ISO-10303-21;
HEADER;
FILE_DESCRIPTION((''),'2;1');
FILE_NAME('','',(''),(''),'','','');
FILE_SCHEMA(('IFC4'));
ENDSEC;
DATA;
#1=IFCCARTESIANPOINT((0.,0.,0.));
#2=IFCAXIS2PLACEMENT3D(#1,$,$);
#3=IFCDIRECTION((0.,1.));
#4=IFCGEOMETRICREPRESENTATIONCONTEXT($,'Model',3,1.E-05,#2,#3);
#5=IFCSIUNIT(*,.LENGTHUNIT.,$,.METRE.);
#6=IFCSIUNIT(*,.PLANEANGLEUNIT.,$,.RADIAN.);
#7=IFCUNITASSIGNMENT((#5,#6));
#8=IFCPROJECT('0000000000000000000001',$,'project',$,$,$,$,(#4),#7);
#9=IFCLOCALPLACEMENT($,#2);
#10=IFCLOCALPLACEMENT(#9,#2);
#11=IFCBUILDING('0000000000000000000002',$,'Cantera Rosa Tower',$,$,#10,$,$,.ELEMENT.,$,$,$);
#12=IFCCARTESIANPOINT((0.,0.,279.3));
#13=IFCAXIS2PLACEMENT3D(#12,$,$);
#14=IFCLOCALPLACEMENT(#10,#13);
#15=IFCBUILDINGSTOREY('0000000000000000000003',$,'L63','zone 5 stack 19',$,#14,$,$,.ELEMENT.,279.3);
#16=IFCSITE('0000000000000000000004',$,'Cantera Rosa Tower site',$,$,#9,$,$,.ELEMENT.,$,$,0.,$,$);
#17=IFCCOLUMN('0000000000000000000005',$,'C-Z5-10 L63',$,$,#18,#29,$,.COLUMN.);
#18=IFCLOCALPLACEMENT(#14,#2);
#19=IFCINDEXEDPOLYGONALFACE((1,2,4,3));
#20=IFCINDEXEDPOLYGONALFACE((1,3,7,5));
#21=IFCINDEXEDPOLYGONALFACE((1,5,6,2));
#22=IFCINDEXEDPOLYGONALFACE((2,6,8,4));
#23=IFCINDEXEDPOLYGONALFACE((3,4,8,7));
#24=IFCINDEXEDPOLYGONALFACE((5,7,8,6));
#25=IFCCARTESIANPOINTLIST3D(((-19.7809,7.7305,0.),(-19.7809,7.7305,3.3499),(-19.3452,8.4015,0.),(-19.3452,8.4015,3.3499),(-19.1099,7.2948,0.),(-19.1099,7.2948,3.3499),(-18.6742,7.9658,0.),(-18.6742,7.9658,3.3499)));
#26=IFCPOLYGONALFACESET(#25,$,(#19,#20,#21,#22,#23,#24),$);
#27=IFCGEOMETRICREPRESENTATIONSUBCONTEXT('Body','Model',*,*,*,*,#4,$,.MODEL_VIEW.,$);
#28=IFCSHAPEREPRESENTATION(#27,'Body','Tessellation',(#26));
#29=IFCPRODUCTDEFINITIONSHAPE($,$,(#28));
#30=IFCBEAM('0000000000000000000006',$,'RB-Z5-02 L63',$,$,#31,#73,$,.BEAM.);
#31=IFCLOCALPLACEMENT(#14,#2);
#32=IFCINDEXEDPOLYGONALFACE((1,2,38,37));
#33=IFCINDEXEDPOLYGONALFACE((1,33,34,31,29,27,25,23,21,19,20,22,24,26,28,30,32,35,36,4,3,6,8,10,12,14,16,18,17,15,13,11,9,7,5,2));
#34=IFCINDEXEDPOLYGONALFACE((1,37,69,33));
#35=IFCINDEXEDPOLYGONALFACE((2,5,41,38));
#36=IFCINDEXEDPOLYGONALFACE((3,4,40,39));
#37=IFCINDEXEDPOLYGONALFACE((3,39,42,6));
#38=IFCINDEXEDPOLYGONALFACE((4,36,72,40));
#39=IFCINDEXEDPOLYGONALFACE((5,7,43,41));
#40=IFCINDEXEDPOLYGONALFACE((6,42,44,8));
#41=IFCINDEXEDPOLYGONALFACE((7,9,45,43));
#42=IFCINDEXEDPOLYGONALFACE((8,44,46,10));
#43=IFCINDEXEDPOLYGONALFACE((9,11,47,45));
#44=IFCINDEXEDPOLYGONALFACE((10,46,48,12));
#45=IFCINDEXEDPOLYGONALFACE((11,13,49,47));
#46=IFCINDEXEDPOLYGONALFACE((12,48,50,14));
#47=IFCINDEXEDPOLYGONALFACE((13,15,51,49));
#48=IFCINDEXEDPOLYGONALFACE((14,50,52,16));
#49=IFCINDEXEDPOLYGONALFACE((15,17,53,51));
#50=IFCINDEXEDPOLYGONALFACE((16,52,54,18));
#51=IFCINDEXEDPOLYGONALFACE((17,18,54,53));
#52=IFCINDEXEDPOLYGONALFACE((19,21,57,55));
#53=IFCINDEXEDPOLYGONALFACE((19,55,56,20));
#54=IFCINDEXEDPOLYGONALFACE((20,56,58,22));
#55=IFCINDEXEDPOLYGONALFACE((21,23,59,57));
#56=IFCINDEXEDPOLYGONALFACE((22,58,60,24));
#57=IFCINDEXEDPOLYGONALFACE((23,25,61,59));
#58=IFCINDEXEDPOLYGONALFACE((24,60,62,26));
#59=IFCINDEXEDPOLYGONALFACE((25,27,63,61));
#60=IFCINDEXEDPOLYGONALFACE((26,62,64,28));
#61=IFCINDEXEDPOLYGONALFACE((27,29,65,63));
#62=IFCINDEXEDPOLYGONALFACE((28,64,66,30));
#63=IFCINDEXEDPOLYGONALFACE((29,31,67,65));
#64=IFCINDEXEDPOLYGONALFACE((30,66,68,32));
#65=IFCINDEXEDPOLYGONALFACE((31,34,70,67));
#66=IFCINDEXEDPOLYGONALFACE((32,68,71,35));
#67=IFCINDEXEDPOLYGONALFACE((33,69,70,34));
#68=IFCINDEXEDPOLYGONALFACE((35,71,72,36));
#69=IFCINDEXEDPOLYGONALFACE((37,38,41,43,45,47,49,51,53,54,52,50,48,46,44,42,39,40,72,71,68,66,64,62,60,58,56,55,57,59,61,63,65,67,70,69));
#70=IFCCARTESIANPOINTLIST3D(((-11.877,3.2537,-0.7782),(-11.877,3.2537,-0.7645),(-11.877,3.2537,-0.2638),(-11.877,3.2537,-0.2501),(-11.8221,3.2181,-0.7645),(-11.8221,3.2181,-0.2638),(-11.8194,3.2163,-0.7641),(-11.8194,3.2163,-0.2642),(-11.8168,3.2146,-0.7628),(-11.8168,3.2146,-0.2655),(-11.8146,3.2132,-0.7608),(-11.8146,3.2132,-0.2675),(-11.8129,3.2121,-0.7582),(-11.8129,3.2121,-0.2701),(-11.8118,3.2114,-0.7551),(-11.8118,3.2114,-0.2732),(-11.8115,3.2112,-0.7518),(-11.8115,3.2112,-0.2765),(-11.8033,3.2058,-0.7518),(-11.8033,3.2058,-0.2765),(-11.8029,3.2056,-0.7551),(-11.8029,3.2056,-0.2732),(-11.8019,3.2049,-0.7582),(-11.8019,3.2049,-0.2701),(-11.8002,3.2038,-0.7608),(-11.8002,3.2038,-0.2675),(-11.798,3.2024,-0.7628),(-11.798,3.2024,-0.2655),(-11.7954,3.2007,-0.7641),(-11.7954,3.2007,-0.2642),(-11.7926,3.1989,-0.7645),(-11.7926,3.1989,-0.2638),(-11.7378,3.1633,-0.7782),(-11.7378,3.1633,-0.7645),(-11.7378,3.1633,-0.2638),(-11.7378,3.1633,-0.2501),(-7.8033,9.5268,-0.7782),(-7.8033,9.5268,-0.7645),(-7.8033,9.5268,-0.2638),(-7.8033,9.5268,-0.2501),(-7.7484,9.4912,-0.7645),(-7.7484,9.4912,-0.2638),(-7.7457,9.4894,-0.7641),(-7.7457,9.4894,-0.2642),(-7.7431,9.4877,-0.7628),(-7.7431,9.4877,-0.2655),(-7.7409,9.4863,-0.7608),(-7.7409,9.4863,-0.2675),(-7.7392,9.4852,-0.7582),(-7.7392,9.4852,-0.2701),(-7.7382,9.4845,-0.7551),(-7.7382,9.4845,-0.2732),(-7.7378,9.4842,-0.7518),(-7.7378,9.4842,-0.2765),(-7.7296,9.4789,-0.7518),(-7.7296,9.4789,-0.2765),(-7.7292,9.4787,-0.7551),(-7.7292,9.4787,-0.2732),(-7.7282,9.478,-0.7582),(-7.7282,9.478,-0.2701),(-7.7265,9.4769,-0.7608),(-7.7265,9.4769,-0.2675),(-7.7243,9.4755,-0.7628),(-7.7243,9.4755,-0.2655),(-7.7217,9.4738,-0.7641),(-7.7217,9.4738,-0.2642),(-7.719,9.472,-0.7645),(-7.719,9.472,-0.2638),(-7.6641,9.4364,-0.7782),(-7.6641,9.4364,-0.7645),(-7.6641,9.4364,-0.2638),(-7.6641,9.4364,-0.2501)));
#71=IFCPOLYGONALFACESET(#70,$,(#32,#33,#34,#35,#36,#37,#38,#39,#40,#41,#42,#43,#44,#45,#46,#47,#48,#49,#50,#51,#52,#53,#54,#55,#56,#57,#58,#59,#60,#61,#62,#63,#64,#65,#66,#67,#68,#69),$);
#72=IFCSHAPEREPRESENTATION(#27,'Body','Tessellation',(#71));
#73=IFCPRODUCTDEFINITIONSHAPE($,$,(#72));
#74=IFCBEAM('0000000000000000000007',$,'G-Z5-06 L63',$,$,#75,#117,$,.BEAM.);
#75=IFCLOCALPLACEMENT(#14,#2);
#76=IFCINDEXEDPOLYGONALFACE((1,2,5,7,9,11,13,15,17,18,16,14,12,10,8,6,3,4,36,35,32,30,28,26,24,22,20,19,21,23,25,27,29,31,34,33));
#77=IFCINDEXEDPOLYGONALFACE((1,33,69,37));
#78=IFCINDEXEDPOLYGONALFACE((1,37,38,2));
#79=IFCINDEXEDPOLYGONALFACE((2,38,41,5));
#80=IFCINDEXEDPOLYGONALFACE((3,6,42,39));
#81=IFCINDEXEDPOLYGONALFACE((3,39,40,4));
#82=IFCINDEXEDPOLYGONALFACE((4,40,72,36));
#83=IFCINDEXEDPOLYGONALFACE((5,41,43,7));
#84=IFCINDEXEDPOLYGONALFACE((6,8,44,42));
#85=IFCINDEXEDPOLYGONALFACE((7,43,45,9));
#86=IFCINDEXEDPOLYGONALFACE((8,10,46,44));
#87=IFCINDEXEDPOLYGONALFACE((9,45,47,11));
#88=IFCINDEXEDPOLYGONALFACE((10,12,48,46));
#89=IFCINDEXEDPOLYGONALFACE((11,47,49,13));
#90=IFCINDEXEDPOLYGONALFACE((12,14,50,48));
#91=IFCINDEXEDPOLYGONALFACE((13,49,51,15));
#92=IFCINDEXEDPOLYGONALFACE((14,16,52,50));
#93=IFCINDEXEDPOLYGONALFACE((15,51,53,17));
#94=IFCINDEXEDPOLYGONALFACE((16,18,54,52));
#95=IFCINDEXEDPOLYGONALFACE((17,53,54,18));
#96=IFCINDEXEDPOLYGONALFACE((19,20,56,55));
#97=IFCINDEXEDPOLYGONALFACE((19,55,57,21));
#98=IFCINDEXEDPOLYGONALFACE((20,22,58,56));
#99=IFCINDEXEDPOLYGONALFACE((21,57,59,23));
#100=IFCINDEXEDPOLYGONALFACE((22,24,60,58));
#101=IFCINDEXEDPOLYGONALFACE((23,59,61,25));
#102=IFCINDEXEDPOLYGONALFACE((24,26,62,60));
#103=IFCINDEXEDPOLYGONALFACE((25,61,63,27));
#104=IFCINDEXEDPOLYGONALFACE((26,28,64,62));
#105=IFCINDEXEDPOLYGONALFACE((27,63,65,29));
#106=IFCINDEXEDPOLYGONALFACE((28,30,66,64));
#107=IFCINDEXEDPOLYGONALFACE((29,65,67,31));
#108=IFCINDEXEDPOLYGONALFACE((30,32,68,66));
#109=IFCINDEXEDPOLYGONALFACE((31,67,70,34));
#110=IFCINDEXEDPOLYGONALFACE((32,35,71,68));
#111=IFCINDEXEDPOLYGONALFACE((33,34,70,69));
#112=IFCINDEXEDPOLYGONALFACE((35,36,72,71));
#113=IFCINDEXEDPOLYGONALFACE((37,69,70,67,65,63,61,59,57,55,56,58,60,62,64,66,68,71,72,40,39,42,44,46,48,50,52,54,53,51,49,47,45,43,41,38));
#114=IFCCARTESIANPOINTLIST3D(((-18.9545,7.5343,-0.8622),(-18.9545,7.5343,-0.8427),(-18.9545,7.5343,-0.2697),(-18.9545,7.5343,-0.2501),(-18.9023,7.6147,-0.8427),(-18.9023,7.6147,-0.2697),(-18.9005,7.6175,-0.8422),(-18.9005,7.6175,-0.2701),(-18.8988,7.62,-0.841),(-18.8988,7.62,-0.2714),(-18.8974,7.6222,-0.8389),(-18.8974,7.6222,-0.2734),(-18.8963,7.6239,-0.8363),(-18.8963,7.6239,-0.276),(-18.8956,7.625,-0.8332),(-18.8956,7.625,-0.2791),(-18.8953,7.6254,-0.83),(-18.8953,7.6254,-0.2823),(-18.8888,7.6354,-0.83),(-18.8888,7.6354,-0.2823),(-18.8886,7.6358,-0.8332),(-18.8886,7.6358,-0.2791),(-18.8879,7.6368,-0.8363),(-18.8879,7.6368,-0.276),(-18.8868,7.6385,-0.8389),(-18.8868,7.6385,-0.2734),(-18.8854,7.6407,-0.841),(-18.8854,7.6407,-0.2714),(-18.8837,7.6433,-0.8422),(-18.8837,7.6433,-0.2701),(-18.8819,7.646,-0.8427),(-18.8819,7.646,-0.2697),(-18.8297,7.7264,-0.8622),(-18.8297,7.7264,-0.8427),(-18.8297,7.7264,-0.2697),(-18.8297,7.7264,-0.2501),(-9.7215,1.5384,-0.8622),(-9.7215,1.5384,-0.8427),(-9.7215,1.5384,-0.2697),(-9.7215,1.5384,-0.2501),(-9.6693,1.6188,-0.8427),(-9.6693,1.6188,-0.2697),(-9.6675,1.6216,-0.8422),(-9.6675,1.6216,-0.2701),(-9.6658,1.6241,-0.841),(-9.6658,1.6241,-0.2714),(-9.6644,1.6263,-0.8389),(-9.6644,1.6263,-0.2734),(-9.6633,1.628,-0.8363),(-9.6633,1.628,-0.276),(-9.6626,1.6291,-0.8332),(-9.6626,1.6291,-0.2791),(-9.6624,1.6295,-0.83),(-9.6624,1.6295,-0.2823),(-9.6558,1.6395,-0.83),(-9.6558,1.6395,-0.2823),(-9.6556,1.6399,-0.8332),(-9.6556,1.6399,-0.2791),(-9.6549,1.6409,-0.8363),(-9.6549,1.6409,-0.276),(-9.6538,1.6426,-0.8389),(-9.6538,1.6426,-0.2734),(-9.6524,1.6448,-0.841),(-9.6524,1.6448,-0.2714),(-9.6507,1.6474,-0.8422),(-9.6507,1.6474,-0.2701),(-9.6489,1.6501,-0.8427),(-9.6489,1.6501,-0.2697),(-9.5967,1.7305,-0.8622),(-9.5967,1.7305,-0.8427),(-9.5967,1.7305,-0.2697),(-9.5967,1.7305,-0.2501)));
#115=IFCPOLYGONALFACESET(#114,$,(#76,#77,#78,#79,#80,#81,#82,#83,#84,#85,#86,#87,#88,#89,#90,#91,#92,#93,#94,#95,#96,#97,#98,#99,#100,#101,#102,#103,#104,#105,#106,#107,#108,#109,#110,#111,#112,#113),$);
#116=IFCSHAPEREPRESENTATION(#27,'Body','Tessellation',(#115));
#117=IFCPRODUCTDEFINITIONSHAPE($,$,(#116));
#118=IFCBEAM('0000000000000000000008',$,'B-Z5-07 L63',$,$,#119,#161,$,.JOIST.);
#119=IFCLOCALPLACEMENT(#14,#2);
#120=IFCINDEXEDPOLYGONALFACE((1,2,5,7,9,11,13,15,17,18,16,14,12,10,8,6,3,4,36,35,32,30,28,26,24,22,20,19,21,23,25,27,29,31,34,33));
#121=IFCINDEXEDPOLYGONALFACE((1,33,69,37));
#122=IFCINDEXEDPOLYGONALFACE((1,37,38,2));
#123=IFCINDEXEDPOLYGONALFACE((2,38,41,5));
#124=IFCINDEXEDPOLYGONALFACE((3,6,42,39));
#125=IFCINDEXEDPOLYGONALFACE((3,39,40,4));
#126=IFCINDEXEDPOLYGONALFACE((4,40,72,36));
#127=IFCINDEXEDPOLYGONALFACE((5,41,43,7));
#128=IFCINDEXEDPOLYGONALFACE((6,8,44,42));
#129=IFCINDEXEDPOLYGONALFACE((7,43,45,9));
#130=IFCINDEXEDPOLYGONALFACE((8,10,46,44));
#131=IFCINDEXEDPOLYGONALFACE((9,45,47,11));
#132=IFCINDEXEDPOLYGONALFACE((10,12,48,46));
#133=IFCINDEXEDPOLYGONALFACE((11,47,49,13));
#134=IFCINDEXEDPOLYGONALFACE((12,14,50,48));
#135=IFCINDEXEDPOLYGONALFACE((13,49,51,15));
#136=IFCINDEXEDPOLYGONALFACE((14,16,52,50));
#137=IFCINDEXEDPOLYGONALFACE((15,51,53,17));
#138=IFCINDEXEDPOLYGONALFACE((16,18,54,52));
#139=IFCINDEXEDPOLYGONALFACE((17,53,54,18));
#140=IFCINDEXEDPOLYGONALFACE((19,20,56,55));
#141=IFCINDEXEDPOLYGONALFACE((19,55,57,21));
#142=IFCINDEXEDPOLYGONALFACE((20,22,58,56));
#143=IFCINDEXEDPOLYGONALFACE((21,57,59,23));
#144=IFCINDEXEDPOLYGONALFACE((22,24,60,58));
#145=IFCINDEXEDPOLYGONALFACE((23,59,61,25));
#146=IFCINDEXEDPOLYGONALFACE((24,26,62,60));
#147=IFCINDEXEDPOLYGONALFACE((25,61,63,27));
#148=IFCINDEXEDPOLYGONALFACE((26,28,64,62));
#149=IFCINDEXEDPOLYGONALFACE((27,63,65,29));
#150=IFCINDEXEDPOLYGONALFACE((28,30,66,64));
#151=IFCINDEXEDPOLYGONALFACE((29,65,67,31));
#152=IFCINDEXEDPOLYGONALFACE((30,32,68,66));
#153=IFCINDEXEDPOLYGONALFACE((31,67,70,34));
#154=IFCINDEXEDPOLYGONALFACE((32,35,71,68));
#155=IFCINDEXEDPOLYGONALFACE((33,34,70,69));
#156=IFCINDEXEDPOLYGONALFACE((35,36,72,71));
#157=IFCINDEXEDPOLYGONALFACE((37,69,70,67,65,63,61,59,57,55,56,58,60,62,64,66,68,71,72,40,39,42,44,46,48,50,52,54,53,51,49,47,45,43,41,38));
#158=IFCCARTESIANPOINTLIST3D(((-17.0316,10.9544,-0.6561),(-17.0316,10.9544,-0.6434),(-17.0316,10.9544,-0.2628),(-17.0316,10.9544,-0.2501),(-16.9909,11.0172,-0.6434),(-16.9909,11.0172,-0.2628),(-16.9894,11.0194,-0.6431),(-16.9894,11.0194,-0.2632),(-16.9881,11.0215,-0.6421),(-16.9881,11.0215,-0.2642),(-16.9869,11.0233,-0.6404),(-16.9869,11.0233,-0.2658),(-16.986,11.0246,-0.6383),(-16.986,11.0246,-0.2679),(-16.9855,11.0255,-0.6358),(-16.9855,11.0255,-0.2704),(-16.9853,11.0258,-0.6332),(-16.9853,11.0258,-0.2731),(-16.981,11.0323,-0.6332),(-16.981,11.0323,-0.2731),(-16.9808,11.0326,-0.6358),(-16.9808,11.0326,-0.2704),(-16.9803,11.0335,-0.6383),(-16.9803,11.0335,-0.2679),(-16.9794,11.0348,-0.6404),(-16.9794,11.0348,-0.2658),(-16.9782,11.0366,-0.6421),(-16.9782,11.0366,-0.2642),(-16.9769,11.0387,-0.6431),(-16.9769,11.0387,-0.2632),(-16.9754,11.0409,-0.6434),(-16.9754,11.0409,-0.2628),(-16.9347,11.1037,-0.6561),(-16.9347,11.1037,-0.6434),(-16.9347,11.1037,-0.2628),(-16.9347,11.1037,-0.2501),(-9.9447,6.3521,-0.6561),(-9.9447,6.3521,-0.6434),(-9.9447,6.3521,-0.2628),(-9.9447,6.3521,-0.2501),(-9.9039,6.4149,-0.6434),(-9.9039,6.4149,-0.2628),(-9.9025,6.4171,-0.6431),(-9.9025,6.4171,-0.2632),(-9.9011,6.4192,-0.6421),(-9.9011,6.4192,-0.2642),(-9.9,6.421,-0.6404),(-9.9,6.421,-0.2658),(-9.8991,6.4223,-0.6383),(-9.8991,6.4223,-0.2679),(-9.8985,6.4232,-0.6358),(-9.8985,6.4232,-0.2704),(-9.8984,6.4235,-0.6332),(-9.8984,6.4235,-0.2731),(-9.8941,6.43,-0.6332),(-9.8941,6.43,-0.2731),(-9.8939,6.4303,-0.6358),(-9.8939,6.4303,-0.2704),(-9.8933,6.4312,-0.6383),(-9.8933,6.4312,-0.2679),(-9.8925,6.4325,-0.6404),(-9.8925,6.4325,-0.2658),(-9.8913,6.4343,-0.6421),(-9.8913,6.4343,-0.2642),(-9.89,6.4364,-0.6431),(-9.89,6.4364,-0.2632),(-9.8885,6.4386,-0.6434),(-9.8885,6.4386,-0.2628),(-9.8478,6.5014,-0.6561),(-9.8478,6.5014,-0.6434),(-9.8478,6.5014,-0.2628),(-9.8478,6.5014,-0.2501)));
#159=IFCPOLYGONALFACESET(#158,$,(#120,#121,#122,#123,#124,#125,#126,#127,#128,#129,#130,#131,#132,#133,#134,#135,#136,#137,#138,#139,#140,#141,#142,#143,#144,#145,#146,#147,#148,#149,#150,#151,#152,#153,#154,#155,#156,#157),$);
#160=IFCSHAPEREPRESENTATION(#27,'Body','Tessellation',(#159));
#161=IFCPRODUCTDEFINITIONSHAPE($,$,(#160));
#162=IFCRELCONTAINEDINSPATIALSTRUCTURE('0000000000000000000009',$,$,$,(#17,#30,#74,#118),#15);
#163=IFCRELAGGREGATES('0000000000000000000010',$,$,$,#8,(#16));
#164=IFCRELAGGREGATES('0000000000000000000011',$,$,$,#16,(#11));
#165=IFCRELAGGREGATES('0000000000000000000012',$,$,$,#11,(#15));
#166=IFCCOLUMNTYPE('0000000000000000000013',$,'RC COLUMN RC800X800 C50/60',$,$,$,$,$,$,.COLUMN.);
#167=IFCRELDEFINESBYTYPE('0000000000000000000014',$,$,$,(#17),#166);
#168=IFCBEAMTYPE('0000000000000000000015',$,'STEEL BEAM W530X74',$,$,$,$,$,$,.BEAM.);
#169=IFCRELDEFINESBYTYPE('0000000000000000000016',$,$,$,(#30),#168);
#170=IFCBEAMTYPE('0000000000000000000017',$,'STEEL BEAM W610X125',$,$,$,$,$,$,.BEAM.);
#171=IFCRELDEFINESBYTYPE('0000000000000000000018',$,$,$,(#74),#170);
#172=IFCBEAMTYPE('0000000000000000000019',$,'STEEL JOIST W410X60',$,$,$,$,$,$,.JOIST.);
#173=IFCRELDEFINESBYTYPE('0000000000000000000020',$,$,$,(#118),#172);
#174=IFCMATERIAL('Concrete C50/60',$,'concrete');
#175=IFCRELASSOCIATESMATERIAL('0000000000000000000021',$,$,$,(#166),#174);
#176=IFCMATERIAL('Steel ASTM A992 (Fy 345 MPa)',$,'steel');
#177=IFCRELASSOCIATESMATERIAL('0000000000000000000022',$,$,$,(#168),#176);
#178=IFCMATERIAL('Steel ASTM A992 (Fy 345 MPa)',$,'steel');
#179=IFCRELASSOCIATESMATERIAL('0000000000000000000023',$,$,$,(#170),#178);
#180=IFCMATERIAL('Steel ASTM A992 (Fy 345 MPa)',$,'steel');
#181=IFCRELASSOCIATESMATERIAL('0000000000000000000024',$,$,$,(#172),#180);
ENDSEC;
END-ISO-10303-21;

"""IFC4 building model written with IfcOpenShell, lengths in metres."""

from ifc_helpers import new_model, si_unit, direction, frame, origin, origin_2d, place, context, subcontext, project, spatial, rectangle, i_section, extrude, material, material_profile, profile_set, type_object, element, save


model = new_model("IFC4")

# Units and contexts
model_context = context("Model", 3, precision=1e-05, world=origin(), true_north=direction((0.0, 1.0)))
body_context = subcontext(model_context, "Body", "Model", "MODEL_VIEW")
ifc_project = project(units=[si_unit("LENGTHUNIT", "METRE"), si_unit("PLANEANGLEUNIT", "RADIAN")], contexts=[model_context])

# Site, building, storey
site_placement = place(None, origin())
site = spatial("IfcSite", under=ifc_project, at=site_placement, Name="Cantera Rosa Tower site", CompositionType="ELEMENT", RefElevation=0.0)
building_placement = place(site_placement, origin())
building = spatial("IfcBuilding", under=site, at=building_placement, Name="Cantera Rosa Tower", CompositionType="ELEMENT")
storey_placement = place(building_placement, frame((0.0, 0.0, 279.3)))
storey = spatial("IfcBuildingStorey", under=building, at=storey_placement, Name="L63", Description="zone 5 stack 19", CompositionType="ELEMENT", Elevation=279.3)

# Column
ifc_material_1 = material(Name="Concrete C50/60", Category="concrete")
ifc_material_profile_1 = material_profile(ifc_material_1, rectangle(XDim=0.8, YDim=0.8, at=origin_2d()), Name="RC COLUMN RC800X800 C50/60")
ifc_profile_set_1 = profile_set([ifc_material_profile_1], Name="Concrete C50/60")
column_type = type_object("IfcColumnType", Name="RC COLUMN RC800X800 C50/60", PredefinedType="COLUMN", material=ifc_profile_set_1)
column_placement = place(storey_placement, frame((-19.2275, 7.8481, 0.0), z_axis=(0.0, 0.0, 1.0), x_axis=(0.544639, 0.838671, 0.0)))
element("IfcColumn", 1, at=column_placement, inside=storey, type_object=column_type, Name="C-Z5-10 L63", PredefinedType="COLUMN", context=body_context, shape_type="SweptSolid", body=[
    extrude(rectangle(XDim=0.8, YDim=0.8, at=origin_2d()), origin(), (0.0, 0.0, 1.0), 3.3499),
])

# Beams
ifc_material_2 = material(Name="Steel ASTM A992 (Fy 345 MPa)", Category="steel")
ifc_material_profile_2 = material_profile(ifc_material_2, i_section(OverallWidth=0.166, OverallDepth=0.5281, WebThickness=0.0098, FlangeThickness=0.0137, FilletRadius=0.0127, at=origin_2d()), Name="W530X74")
ifc_profile_set_2 = profile_set([ifc_material_profile_2], Name="Steel ASTM A992 (Fy 345 MPa)")
beam_type_1 = type_object("IfcBeamType", Name="STEEL BEAM W530X74", PredefinedType="BEAM", material=ifc_profile_set_2)
beam_1_placement = place(storey_placement, frame((-11.8074, 3.2085, -0.5142), z_axis=(0.544627, 0.838678, 0.0), x_axis=(-0.838678, 0.544627, 0.0)))
element("IfcBeam", 2, at=beam_1_placement, inside=storey, type_object=beam_type_1, Name="RB-Z5-02 L63", PredefinedType="BEAM", context=body_context, shape_type="SweptSolid", body=[
    extrude(i_section(OverallWidth=0.166, OverallDepth=0.5281, WebThickness=0.0098, FlangeThickness=0.0137, FilletRadius=0.0127, at=origin_2d()), origin(), (0.0, 0.0, 1.0), 7.4797),
])
ifc_material_3 = material(Name="Steel ASTM A992 (Fy 345 MPa)", Category="steel")
ifc_material_profile_3 = material_profile(ifc_material_3, i_section(OverallWidth=0.229, OverallDepth=0.6121, WebThickness=0.012, FlangeThickness=0.0195, FilletRadius=0.0127, at=origin_2d()), Name="W610X125")
ifc_profile_set_3 = profile_set([ifc_material_profile_3], Name="Steel ASTM A992 (Fy 345 MPa)")
beam_type_2 = type_object("IfcBeamType", Name="STEEL BEAM W610X125", PredefinedType="BEAM", material=ifc_profile_set_3)
beam_2_placement = place(storey_placement, frame((-18.8921, 7.6304, -0.5562), z_axis=(0.838674, -0.544634, 0.0), x_axis=(0.544634, 0.838674, 0.0)))
element("IfcBeam", 3, at=beam_2_placement, inside=storey, type_object=beam_type_2, Name="G-Z5-06 L63", PredefinedType="BEAM", context=body_context, shape_type="SweptSolid", body=[
    extrude(i_section(OverallWidth=0.229, OverallDepth=0.6121, WebThickness=0.012, FlangeThickness=0.0195, FilletRadius=0.0127, at=origin_2d()), origin(), (0.0, 0.0, 1.0), 11.009),
])
ifc_material_4 = material(Name="Steel ASTM A992 (Fy 345 MPa)", Category="steel")
ifc_material_profile_4 = material_profile(ifc_material_4, i_section(OverallWidth=0.178, OverallDepth=0.406, WebThickness=0.0078, FlangeThickness=0.0127, FilletRadius=0.0103, at=origin_2d()), Name="W410X60")
ifc_profile_set_4 = profile_set([ifc_material_profile_4], Name="Steel ASTM A992 (Fy 345 MPa)")
beam_type_3 = type_object("IfcBeamType", Name="STEEL JOIST W410X60", PredefinedType="JOIST", material=ifc_profile_set_4)
for number, where, z_axis, x_axis, name in (
    (4, (-16.9832, 11.0291, -0.4531), (0.838671, -0.544639, 0.0), (0.544639, 0.838671, 0.0), "B-Z5-07 L63"),
):
    element("IfcBeam", number, at=place(storey_placement, frame(where, z_axis=z_axis, x_axis=x_axis)), inside=storey, type_object=beam_type_3, Name=name, PredefinedType="JOIST", context=body_context, shape_type="SweptSolid", body=[
        extrude(i_section(OverallWidth=0.178, OverallDepth=0.406, WebThickness=0.0078, FlangeThickness=0.0127, FilletRadius=0.0103, at=origin_2d()), origin(), (0.0, 0.0, 1.0), 8.4502),
    ])

save(model, "model.ifc")
